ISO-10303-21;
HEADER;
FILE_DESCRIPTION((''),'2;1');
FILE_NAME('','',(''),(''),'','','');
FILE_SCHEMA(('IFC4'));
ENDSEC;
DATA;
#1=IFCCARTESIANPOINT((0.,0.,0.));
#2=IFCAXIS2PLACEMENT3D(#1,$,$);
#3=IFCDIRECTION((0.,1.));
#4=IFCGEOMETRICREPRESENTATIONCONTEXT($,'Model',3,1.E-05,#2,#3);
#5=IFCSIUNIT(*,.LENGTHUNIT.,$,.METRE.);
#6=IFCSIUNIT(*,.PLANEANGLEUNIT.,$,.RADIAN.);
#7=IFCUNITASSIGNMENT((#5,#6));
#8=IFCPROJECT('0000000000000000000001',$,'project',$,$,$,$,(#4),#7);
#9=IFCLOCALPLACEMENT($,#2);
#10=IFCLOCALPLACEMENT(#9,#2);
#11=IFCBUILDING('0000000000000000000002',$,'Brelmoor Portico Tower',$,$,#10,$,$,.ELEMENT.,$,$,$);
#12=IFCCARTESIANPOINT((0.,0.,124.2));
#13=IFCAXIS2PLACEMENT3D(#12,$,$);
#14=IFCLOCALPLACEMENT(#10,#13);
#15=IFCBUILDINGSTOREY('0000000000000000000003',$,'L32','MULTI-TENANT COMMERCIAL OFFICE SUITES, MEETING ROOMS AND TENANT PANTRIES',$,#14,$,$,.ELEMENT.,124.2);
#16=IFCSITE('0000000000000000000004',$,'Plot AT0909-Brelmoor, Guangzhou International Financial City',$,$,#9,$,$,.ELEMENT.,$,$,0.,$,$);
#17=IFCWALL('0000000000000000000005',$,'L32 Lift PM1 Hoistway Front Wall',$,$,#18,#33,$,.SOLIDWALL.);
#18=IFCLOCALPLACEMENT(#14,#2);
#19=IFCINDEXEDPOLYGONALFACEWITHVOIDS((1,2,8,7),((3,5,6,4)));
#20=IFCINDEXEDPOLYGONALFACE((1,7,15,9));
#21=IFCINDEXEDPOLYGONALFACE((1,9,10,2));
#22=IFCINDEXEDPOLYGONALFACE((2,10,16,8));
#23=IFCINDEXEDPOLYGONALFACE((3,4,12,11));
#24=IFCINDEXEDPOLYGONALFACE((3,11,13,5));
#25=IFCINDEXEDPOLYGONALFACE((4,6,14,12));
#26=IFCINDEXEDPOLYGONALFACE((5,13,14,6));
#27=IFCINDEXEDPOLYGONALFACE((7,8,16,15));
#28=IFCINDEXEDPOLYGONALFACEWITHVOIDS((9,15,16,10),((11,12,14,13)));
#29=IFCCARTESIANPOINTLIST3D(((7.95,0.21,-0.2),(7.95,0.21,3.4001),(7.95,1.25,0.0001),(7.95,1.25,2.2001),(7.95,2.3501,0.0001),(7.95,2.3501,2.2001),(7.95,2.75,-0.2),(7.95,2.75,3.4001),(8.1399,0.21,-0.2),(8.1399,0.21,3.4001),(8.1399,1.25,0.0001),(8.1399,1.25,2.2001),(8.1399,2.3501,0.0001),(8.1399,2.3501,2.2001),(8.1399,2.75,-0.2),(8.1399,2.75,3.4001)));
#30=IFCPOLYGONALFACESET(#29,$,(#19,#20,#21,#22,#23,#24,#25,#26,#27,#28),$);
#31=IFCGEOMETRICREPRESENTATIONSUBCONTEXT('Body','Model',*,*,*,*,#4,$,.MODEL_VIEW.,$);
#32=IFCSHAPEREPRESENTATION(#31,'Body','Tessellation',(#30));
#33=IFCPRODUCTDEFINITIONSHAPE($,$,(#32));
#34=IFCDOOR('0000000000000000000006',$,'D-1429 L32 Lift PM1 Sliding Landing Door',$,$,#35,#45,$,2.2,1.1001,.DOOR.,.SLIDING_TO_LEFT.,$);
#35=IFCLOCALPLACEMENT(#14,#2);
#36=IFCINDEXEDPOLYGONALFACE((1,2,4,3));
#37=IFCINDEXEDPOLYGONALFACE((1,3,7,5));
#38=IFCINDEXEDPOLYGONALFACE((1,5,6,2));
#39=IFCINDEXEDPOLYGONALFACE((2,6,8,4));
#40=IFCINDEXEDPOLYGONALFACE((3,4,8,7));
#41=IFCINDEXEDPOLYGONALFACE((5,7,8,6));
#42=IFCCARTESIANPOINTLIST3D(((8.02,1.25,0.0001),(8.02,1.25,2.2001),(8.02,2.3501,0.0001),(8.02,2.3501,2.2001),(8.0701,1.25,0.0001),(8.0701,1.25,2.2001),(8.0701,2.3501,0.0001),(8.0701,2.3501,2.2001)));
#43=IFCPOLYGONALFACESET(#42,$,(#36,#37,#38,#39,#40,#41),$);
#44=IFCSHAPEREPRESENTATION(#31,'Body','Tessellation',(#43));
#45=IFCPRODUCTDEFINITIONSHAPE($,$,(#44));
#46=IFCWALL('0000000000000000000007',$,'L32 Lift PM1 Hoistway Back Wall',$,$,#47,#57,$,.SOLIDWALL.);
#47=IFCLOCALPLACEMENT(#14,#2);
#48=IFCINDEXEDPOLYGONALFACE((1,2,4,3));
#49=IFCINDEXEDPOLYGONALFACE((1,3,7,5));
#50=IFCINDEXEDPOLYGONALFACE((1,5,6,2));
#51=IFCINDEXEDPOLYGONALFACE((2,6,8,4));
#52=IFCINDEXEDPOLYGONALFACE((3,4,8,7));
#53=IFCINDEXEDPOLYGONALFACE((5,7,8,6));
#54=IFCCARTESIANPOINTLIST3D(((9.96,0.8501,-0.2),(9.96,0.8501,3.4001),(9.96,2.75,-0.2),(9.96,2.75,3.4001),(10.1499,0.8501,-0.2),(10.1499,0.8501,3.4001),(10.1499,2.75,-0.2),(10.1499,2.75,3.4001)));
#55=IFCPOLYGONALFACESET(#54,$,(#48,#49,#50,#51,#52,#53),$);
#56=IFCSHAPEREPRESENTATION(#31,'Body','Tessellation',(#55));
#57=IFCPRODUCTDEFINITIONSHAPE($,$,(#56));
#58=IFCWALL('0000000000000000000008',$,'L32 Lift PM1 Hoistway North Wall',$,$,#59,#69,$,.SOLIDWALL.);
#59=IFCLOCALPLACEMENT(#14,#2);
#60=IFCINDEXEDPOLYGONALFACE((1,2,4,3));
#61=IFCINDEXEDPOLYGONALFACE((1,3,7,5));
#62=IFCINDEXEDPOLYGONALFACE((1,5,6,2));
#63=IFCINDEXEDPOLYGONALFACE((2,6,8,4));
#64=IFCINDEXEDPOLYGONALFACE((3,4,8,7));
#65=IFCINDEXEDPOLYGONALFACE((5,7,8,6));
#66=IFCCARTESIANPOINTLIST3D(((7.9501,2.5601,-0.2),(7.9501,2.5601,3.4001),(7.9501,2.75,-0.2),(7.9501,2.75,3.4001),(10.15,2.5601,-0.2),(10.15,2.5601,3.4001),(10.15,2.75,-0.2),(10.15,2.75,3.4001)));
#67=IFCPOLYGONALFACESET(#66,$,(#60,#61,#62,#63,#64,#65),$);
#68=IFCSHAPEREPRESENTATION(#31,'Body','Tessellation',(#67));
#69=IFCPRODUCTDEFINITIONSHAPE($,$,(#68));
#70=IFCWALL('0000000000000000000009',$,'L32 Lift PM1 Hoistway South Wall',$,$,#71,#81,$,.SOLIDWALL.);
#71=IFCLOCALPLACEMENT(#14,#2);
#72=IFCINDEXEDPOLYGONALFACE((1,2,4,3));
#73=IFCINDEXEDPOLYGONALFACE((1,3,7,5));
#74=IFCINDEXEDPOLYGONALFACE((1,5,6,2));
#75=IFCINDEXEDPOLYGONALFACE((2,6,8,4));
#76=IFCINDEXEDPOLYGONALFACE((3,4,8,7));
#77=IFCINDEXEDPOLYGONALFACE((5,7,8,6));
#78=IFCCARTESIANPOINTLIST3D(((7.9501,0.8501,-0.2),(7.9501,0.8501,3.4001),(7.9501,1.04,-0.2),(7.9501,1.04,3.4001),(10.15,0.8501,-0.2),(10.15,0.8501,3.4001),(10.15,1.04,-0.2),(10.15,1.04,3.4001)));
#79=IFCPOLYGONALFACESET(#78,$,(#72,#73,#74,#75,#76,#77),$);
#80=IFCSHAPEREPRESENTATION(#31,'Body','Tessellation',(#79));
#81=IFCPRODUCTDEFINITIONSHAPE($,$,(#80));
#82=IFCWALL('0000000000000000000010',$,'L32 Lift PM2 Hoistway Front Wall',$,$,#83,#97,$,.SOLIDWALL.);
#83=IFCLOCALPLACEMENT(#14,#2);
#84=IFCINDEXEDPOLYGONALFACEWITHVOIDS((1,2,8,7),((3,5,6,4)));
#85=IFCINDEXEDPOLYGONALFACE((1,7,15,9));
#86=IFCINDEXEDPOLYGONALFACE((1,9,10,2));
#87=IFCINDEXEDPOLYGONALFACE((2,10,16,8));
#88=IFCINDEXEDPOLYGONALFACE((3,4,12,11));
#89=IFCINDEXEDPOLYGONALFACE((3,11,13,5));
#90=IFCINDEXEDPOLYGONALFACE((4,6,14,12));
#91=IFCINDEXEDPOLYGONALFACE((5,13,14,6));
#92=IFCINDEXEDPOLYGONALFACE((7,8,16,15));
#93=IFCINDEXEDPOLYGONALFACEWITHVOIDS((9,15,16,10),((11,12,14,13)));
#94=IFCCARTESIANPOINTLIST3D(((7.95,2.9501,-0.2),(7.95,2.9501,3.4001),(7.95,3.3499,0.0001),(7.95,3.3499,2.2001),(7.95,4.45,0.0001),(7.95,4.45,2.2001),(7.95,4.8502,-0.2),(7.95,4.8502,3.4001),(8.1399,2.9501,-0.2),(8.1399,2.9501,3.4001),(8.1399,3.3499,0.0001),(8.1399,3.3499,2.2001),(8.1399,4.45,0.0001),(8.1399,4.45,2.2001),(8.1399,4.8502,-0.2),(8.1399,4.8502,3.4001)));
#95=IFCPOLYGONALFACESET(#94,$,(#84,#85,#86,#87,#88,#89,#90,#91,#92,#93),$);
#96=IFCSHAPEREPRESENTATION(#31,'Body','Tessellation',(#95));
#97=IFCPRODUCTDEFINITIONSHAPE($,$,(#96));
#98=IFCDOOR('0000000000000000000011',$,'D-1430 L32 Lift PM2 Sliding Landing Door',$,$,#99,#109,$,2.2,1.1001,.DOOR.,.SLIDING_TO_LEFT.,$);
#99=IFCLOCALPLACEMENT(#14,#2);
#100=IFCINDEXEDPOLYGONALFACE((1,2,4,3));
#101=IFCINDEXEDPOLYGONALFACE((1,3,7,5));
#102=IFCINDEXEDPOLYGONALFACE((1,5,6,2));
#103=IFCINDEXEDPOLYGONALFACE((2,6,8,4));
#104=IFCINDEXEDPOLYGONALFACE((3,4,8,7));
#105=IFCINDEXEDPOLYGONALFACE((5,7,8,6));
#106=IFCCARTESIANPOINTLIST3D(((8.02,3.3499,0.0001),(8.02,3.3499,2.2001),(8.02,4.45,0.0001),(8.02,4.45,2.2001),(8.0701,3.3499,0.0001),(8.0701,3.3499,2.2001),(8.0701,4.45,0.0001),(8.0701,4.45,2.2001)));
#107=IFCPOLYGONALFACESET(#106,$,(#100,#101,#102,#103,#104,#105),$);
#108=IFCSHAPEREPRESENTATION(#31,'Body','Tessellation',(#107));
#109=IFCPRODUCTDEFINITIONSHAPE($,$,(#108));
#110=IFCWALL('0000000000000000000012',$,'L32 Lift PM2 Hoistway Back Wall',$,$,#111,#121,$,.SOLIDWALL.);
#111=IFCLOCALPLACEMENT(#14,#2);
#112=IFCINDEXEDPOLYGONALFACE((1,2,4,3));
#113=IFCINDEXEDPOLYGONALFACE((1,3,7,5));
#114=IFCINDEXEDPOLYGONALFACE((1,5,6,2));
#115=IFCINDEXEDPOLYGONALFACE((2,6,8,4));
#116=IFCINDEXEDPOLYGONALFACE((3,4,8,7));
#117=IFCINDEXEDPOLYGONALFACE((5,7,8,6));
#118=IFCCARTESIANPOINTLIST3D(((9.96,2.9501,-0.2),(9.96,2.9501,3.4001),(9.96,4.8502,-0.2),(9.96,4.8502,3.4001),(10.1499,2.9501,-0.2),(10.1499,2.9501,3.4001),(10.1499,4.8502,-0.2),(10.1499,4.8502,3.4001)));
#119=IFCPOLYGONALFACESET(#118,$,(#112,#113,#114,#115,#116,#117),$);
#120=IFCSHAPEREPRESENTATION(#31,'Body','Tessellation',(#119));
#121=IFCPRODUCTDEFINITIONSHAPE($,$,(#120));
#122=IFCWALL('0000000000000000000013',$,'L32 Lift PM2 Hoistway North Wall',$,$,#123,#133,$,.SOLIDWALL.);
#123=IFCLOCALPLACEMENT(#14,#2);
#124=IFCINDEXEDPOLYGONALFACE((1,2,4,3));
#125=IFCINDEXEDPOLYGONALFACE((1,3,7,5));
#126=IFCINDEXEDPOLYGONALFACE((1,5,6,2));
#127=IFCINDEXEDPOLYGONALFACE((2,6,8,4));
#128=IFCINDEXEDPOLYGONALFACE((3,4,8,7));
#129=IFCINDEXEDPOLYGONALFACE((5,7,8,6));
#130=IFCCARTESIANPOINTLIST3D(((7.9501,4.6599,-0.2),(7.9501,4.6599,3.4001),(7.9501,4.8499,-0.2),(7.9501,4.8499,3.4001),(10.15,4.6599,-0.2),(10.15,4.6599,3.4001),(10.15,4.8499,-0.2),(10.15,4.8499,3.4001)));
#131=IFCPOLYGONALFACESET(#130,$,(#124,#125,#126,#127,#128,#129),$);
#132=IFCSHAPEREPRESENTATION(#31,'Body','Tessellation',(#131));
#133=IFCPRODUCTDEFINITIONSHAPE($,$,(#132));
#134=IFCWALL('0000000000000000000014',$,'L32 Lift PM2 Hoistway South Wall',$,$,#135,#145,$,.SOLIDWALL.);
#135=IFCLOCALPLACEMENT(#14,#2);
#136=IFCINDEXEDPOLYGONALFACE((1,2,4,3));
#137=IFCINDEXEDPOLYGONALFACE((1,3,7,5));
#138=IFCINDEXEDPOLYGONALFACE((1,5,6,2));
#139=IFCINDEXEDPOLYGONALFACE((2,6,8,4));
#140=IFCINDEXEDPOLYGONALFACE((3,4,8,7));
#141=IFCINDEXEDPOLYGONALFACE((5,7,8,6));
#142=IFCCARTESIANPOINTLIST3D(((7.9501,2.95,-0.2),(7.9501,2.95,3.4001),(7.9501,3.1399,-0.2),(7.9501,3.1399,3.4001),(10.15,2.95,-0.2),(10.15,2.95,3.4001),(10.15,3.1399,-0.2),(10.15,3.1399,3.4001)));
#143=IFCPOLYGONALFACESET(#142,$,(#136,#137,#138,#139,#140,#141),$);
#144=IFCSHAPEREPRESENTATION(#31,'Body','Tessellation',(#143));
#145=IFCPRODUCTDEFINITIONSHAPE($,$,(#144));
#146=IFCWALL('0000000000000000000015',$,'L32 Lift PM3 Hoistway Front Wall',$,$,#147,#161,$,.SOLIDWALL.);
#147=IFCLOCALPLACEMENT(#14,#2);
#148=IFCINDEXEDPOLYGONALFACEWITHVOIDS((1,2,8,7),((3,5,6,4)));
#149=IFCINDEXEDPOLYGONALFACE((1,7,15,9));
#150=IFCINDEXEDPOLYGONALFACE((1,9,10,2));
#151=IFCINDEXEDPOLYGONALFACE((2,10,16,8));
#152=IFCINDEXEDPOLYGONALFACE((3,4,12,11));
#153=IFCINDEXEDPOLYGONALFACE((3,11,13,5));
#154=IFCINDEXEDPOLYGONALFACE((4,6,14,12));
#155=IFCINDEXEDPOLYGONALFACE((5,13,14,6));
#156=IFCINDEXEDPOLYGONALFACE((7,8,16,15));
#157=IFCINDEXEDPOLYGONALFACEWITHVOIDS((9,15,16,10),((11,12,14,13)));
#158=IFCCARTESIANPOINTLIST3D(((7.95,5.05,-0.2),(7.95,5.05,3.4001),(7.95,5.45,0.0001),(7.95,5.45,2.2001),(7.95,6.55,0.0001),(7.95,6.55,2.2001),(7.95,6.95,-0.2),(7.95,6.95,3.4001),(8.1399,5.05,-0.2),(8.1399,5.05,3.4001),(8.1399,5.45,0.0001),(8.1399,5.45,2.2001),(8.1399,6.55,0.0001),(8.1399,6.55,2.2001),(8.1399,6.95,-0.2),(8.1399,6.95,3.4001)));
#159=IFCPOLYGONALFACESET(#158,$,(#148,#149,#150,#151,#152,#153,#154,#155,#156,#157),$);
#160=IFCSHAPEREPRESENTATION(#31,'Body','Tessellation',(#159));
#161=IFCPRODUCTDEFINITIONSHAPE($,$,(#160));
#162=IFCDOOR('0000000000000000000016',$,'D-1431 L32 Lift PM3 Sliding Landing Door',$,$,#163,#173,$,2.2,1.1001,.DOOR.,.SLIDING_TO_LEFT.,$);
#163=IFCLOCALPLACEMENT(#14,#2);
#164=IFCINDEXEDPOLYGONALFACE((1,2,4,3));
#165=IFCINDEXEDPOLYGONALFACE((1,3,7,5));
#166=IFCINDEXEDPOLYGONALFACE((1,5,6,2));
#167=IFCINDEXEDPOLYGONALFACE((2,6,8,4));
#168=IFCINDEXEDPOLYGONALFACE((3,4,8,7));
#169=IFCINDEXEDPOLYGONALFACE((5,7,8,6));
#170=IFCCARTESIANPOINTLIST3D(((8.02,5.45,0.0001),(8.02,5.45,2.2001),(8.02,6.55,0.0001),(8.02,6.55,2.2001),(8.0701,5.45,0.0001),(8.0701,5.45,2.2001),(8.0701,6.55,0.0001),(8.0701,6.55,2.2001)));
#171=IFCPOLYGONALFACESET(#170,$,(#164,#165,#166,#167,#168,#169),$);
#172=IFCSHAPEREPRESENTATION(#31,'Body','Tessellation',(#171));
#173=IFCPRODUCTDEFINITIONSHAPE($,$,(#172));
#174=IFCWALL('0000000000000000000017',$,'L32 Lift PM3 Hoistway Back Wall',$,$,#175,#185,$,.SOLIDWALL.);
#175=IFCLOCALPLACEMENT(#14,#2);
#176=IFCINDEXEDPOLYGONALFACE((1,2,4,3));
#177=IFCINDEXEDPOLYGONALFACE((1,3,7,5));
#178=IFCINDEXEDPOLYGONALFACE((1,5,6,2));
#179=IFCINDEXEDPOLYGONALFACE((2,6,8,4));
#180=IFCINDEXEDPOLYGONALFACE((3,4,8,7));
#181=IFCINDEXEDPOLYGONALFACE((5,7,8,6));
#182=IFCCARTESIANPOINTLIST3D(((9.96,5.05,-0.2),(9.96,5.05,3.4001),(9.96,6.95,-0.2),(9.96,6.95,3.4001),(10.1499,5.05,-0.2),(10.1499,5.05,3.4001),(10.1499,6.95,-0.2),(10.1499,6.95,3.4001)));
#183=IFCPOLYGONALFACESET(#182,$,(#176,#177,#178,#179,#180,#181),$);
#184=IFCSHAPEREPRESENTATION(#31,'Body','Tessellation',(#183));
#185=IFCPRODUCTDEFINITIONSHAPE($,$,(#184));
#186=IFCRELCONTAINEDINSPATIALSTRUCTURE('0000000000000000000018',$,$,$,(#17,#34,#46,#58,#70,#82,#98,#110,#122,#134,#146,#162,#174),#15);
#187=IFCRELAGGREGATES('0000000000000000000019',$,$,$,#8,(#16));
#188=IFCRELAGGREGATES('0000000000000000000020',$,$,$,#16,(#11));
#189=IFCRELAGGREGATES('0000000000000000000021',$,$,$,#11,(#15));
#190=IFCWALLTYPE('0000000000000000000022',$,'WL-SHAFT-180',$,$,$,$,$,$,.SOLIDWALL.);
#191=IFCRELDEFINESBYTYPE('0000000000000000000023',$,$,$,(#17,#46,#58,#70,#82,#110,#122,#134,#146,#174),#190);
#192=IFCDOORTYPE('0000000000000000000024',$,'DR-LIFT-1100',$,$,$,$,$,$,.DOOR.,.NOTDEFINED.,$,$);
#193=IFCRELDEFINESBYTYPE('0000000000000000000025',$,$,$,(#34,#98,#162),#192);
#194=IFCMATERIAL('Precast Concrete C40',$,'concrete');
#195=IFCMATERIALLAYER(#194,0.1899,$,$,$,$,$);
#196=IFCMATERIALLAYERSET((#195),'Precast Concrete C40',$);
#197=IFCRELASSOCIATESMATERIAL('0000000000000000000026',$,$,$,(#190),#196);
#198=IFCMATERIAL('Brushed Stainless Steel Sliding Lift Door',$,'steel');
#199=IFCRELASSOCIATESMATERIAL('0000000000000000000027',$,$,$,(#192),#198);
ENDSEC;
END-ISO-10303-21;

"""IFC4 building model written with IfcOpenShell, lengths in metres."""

from ifc_helpers import new_model, si_unit, direction, frame, frame_2d, origin, place, context, subcontext, project, spatial, rectangle, extrude, material, layer, layer_set, type_object, element, fill, save


model = new_model("IFC4")

# Units and contexts
model_context = context("Model", 3, precision=1e-05, world=origin(), true_north=direction((0.0, 1.0)))
body_context = subcontext(model_context, "Body", "Model", "MODEL_VIEW")
ifc_project = project(units=[si_unit("LENGTHUNIT", "METRE"), si_unit("PLANEANGLEUNIT", "RADIAN")], contexts=[model_context])

# Site, building, storey
site_placement = place(None, origin())
site = spatial("IfcSite", under=ifc_project, at=site_placement, Name="Plot AT0909-Brelmoor, Guangzhou International Financial City", CompositionType="ELEMENT", RefElevation=0.0)
building_placement = place(site_placement, origin())
building = spatial("IfcBuilding", under=site, at=building_placement, Name="Brelmoor Portico Tower", CompositionType="ELEMENT")
storey_placement = place(building_placement, frame((0.0, 0.0, 124.2)))
storey = spatial("IfcBuildingStorey", under=building, at=storey_placement, Name="L32", Description="MULTI-TENANT COMMERCIAL OFFICE SUITES, MEETING ROOMS AND TENANT PANTRIES", CompositionType="ELEMENT", Elevation=124.2)

# Wall, opening, door
ifc_material_1 = material(Name="Precast Concrete C40", Category="concrete")
ifc_layer_1 = layer(ifc_material_1, 0.1899)
ifc_layer_set_1 = layer_set([ifc_layer_1], Name="Precast Concrete C40")
wall_type_1 = type_object("IfcWallType", Name="WL-SHAFT-180", PredefinedType="SOLIDWALL", material=ifc_layer_set_1)
wall_1_placement = place(storey_placement, frame((8.0449, 0.21, -0.2), z_axis=(0.0, 0.0, 1.0), x_axis=(0.0, 1.0, 0.0)))
wall_1 = element("IfcWall", 1, at=wall_1_placement, inside=storey, type_object=wall_type_1, Name="L32 Lift PM1 Hoistway Front Wall", PredefinedType="SOLIDWALL", context=body_context, shape_type="SweptSolid", body=[
    extrude(rectangle(XDim=2.54, YDim=0.1899, at=frame_2d((1.27, 0.0))), origin(), (0.0, 0.0, 1.0), 3.6001),
])
opening_1_placement = place(wall_1_placement, frame((1.04, 0.0, 0.2)))
opening_1 = element("IfcOpeningElement", 2, at=opening_1_placement, cuts=wall_1, PredefinedType="OPENING", context=body_context, shape_type="SweptSolid", body=[
    extrude(rectangle(XDim=1.1001, YDim=2.2, at=frame_2d((0.55, 1.1001))), frame((0.0, 0.105, 0.0), z_axis=(0.0, -1.0, 0.0), x_axis=(1.0, 0.0, 0.0)), (0.0, 0.0, 1.0), 0.21),
])
ifc_material_2 = material(Name="Brushed Stainless Steel Sliding Lift Door", Category="steel")
door_type_1 = type_object("IfcDoorType", Name="DR-LIFT-1100", OperationType="NOTDEFINED", PredefinedType="DOOR", material=ifc_material_2)
door_1_placement = place(opening_1_placement, origin())
door_1 = element("IfcDoor", 3, at=door_1_placement, inside=storey, type_object=door_type_1, Name="D-1429 L32 Lift PM1 Sliding Landing Door", OperationType="SLIDING_TO_LEFT", OverallHeight=2.2, OverallWidth=1.1001, PredefinedType="DOOR", context=body_context, shape_type="SweptSolid", body=[
    extrude(rectangle(XDim=1.1001, YDim=2.2, at=frame_2d((0.55, 1.1001))), frame((0.0, 0.0249, 0.0), z_axis=(0.0, -1.0, 0.0), x_axis=(1.0, 0.0, 0.0)), (0.0, 0.0, 1.0), 0.05),
])
fill(opening_1, door_1)

# Walls
wall_2_placement = place(storey_placement, frame((10.0549, 0.8501, -0.2), z_axis=(0.0, 0.0, 1.0), x_axis=(0.0, 1.0, 0.0)))
element("IfcWall", 4, at=wall_2_placement, inside=storey, type_object=wall_type_1, Name="L32 Lift PM1 Hoistway Back Wall", PredefinedType="SOLIDWALL", context=body_context, shape_type="SweptSolid", body=[
    extrude(rectangle(XDim=1.8999, YDim=0.1899, at=frame_2d((0.95, 0.0))), origin(), (0.0, 0.0, 1.0), 3.6001),
])
for number, where, z_axis, x_axis, name in (
    (5, (7.95, 2.655, -0.2), (0.0, 0.0, 1.0), (1.0, 0.0, 0.0), "L32 Lift PM1 Hoistway North Wall"),
    (6, (7.95, 0.9451, -0.2), (0.0, 0.0, 1.0), (1.0, 0.0, 0.0), "L32 Lift PM1 Hoistway South Wall"),
):
    element("IfcWall", number, at=place(storey_placement, frame(where, z_axis=z_axis, x_axis=x_axis)), inside=storey, type_object=wall_type_1, Name=name, PredefinedType="SOLIDWALL", context=body_context, shape_type="SweptSolid", body=[
        extrude(rectangle(XDim=2.2, YDim=0.1899, at=frame_2d((1.1001, 0.0))), origin(), (0.0, 0.0, 1.0), 3.6001),
    ])

# Wall, opening, door
wall_3_placement = place(storey_placement, frame((8.0449, 2.95, -0.2), z_axis=(0.0, 0.0, 1.0), x_axis=(0.0, 1.0, 0.0)))
wall_3 = element("IfcWall", 7, at=wall_3_placement, inside=storey, type_object=wall_type_1, Name="L32 Lift PM2 Hoistway Front Wall", PredefinedType="SOLIDWALL", context=body_context, shape_type="SweptSolid", body=[
    extrude(rectangle(XDim=1.9001, YDim=0.1899, at=frame_2d((0.9502, 0.0))), origin(), (0.0, 0.0, 1.0), 3.6001),
])
opening_2_placement = place(wall_3_placement, frame((0.3999, 0.0, 0.2)))
opening_2 = element("IfcOpeningElement", 8, at=opening_2_placement, cuts=wall_3, PredefinedType="OPENING", context=body_context, shape_type="SweptSolid", body=[
    extrude(rectangle(XDim=1.1001, YDim=2.2, at=frame_2d((0.55, 1.1001))), frame((0.0, 0.105, 0.0), z_axis=(0.0, -1.0, 0.0), x_axis=(1.0, 0.0, 0.0)), (0.0, 0.0, 1.0), 0.21),
])
door_2_placement = place(opening_2_placement, origin())
door_2 = element("IfcDoor", 9, at=door_2_placement, inside=storey, type_object=door_type_1, Name="D-1430 L32 Lift PM2 Sliding Landing Door", OperationType="SLIDING_TO_LEFT", OverallHeight=2.2, OverallWidth=1.1001, PredefinedType="DOOR", context=body_context, shape_type="SweptSolid", body=[
    extrude(rectangle(XDim=1.1001, YDim=2.2, at=frame_2d((0.55, 1.1001))), frame((0.0, 0.0249, 0.0), z_axis=(0.0, -1.0, 0.0), x_axis=(1.0, 0.0, 0.0)), (0.0, 0.0, 1.0), 0.05),
])
fill(opening_2, door_2)

# Walls
wall_4_placement = place(storey_placement, frame((10.0549, 2.95, -0.2), z_axis=(0.0, 0.0, 1.0), x_axis=(0.0, 1.0, 0.0)))
element("IfcWall", 10, at=wall_4_placement, inside=storey, type_object=wall_type_1, Name="L32 Lift PM2 Hoistway Back Wall", PredefinedType="SOLIDWALL", context=body_context, shape_type="SweptSolid", body=[
    extrude(rectangle(XDim=1.9001, YDim=0.1899, at=frame_2d((0.9502, 0.0))), origin(), (0.0, 0.0, 1.0), 3.6001),
])
for number, where, z_axis, x_axis, name in (
    (11, (7.95, 4.7549, -0.2), (0.0, 0.0, 1.0), (1.0, 0.0, 0.0), "L32 Lift PM2 Hoistway North Wall"),
    (12, (7.95, 3.0449, -0.2), (0.0, 0.0, 1.0), (1.0, 0.0, 0.0), "L32 Lift PM2 Hoistway South Wall"),
):
    element("IfcWall", number, at=place(storey_placement, frame(where, z_axis=z_axis, x_axis=x_axis)), inside=storey, type_object=wall_type_1, Name=name, PredefinedType="SOLIDWALL", context=body_context, shape_type="SweptSolid", body=[
        extrude(rectangle(XDim=2.2, YDim=0.1899, at=frame_2d((1.1001, 0.0))), origin(), (0.0, 0.0, 1.0), 3.6001),
    ])

# Wall, opening, door
wall_5_placement = place(storey_placement, frame((8.0449, 5.05, -0.2), z_axis=(0.0, 0.0, 1.0), x_axis=(0.0, 1.0, 0.0)))
wall_5 = element("IfcWall", 13, at=wall_5_placement, inside=storey, type_object=wall_type_1, Name="L32 Lift PM3 Hoistway Front Wall", PredefinedType="SOLIDWALL", context=body_context, shape_type="SweptSolid", body=[
    extrude(rectangle(XDim=1.8999, YDim=0.1899, at=frame_2d((0.95, 0.0))), origin(), (0.0, 0.0, 1.0), 3.6001),
])
opening_3_placement = place(wall_5_placement, frame((0.3999, 0.0, 0.2)))
opening_3 = element("IfcOpeningElement", 14, at=opening_3_placement, cuts=wall_5, PredefinedType="OPENING", context=body_context, shape_type="SweptSolid", body=[
    extrude(rectangle(XDim=1.1001, YDim=2.2, at=frame_2d((0.55, 1.1001))), frame((0.0, 0.105, 0.0), z_axis=(0.0, -1.0, 0.0), x_axis=(1.0, 0.0, 0.0)), (0.0, 0.0, 1.0), 0.21),
])
door_3_placement = place(opening_3_placement, origin())
door_3 = element("IfcDoor", 15, at=door_3_placement, inside=storey, type_object=door_type_1, Name="D-1431 L32 Lift PM3 Sliding Landing Door", OperationType="SLIDING_TO_LEFT", OverallHeight=2.2, OverallWidth=1.1001, PredefinedType="DOOR", context=body_context, shape_type="SweptSolid", body=[
    extrude(rectangle(XDim=1.1001, YDim=2.2, at=frame_2d((0.55, 1.1001))), frame((0.0, 0.0249, 0.0), z_axis=(0.0, -1.0, 0.0), x_axis=(1.0, 0.0, 0.0)), (0.0, 0.0, 1.0), 0.05),
])
fill(opening_3, door_3)

# Wall
wall_6_placement = place(storey_placement, frame((10.0549, 5.05, -0.2), z_axis=(0.0, 0.0, 1.0), x_axis=(0.0, 1.0, 0.0)))
element("IfcWall", 16, at=wall_6_placement, inside=storey, type_object=wall_type_1, Name="L32 Lift PM3 Hoistway Back Wall", PredefinedType="SOLIDWALL", context=body_context, shape_type="SweptSolid", body=[
    extrude(rectangle(XDim=1.8999, YDim=0.1899, at=frame_2d((0.95, 0.0))), origin(), (0.0, 0.0, 1.0), 3.6001),
])

save(model, "model.ifc")
